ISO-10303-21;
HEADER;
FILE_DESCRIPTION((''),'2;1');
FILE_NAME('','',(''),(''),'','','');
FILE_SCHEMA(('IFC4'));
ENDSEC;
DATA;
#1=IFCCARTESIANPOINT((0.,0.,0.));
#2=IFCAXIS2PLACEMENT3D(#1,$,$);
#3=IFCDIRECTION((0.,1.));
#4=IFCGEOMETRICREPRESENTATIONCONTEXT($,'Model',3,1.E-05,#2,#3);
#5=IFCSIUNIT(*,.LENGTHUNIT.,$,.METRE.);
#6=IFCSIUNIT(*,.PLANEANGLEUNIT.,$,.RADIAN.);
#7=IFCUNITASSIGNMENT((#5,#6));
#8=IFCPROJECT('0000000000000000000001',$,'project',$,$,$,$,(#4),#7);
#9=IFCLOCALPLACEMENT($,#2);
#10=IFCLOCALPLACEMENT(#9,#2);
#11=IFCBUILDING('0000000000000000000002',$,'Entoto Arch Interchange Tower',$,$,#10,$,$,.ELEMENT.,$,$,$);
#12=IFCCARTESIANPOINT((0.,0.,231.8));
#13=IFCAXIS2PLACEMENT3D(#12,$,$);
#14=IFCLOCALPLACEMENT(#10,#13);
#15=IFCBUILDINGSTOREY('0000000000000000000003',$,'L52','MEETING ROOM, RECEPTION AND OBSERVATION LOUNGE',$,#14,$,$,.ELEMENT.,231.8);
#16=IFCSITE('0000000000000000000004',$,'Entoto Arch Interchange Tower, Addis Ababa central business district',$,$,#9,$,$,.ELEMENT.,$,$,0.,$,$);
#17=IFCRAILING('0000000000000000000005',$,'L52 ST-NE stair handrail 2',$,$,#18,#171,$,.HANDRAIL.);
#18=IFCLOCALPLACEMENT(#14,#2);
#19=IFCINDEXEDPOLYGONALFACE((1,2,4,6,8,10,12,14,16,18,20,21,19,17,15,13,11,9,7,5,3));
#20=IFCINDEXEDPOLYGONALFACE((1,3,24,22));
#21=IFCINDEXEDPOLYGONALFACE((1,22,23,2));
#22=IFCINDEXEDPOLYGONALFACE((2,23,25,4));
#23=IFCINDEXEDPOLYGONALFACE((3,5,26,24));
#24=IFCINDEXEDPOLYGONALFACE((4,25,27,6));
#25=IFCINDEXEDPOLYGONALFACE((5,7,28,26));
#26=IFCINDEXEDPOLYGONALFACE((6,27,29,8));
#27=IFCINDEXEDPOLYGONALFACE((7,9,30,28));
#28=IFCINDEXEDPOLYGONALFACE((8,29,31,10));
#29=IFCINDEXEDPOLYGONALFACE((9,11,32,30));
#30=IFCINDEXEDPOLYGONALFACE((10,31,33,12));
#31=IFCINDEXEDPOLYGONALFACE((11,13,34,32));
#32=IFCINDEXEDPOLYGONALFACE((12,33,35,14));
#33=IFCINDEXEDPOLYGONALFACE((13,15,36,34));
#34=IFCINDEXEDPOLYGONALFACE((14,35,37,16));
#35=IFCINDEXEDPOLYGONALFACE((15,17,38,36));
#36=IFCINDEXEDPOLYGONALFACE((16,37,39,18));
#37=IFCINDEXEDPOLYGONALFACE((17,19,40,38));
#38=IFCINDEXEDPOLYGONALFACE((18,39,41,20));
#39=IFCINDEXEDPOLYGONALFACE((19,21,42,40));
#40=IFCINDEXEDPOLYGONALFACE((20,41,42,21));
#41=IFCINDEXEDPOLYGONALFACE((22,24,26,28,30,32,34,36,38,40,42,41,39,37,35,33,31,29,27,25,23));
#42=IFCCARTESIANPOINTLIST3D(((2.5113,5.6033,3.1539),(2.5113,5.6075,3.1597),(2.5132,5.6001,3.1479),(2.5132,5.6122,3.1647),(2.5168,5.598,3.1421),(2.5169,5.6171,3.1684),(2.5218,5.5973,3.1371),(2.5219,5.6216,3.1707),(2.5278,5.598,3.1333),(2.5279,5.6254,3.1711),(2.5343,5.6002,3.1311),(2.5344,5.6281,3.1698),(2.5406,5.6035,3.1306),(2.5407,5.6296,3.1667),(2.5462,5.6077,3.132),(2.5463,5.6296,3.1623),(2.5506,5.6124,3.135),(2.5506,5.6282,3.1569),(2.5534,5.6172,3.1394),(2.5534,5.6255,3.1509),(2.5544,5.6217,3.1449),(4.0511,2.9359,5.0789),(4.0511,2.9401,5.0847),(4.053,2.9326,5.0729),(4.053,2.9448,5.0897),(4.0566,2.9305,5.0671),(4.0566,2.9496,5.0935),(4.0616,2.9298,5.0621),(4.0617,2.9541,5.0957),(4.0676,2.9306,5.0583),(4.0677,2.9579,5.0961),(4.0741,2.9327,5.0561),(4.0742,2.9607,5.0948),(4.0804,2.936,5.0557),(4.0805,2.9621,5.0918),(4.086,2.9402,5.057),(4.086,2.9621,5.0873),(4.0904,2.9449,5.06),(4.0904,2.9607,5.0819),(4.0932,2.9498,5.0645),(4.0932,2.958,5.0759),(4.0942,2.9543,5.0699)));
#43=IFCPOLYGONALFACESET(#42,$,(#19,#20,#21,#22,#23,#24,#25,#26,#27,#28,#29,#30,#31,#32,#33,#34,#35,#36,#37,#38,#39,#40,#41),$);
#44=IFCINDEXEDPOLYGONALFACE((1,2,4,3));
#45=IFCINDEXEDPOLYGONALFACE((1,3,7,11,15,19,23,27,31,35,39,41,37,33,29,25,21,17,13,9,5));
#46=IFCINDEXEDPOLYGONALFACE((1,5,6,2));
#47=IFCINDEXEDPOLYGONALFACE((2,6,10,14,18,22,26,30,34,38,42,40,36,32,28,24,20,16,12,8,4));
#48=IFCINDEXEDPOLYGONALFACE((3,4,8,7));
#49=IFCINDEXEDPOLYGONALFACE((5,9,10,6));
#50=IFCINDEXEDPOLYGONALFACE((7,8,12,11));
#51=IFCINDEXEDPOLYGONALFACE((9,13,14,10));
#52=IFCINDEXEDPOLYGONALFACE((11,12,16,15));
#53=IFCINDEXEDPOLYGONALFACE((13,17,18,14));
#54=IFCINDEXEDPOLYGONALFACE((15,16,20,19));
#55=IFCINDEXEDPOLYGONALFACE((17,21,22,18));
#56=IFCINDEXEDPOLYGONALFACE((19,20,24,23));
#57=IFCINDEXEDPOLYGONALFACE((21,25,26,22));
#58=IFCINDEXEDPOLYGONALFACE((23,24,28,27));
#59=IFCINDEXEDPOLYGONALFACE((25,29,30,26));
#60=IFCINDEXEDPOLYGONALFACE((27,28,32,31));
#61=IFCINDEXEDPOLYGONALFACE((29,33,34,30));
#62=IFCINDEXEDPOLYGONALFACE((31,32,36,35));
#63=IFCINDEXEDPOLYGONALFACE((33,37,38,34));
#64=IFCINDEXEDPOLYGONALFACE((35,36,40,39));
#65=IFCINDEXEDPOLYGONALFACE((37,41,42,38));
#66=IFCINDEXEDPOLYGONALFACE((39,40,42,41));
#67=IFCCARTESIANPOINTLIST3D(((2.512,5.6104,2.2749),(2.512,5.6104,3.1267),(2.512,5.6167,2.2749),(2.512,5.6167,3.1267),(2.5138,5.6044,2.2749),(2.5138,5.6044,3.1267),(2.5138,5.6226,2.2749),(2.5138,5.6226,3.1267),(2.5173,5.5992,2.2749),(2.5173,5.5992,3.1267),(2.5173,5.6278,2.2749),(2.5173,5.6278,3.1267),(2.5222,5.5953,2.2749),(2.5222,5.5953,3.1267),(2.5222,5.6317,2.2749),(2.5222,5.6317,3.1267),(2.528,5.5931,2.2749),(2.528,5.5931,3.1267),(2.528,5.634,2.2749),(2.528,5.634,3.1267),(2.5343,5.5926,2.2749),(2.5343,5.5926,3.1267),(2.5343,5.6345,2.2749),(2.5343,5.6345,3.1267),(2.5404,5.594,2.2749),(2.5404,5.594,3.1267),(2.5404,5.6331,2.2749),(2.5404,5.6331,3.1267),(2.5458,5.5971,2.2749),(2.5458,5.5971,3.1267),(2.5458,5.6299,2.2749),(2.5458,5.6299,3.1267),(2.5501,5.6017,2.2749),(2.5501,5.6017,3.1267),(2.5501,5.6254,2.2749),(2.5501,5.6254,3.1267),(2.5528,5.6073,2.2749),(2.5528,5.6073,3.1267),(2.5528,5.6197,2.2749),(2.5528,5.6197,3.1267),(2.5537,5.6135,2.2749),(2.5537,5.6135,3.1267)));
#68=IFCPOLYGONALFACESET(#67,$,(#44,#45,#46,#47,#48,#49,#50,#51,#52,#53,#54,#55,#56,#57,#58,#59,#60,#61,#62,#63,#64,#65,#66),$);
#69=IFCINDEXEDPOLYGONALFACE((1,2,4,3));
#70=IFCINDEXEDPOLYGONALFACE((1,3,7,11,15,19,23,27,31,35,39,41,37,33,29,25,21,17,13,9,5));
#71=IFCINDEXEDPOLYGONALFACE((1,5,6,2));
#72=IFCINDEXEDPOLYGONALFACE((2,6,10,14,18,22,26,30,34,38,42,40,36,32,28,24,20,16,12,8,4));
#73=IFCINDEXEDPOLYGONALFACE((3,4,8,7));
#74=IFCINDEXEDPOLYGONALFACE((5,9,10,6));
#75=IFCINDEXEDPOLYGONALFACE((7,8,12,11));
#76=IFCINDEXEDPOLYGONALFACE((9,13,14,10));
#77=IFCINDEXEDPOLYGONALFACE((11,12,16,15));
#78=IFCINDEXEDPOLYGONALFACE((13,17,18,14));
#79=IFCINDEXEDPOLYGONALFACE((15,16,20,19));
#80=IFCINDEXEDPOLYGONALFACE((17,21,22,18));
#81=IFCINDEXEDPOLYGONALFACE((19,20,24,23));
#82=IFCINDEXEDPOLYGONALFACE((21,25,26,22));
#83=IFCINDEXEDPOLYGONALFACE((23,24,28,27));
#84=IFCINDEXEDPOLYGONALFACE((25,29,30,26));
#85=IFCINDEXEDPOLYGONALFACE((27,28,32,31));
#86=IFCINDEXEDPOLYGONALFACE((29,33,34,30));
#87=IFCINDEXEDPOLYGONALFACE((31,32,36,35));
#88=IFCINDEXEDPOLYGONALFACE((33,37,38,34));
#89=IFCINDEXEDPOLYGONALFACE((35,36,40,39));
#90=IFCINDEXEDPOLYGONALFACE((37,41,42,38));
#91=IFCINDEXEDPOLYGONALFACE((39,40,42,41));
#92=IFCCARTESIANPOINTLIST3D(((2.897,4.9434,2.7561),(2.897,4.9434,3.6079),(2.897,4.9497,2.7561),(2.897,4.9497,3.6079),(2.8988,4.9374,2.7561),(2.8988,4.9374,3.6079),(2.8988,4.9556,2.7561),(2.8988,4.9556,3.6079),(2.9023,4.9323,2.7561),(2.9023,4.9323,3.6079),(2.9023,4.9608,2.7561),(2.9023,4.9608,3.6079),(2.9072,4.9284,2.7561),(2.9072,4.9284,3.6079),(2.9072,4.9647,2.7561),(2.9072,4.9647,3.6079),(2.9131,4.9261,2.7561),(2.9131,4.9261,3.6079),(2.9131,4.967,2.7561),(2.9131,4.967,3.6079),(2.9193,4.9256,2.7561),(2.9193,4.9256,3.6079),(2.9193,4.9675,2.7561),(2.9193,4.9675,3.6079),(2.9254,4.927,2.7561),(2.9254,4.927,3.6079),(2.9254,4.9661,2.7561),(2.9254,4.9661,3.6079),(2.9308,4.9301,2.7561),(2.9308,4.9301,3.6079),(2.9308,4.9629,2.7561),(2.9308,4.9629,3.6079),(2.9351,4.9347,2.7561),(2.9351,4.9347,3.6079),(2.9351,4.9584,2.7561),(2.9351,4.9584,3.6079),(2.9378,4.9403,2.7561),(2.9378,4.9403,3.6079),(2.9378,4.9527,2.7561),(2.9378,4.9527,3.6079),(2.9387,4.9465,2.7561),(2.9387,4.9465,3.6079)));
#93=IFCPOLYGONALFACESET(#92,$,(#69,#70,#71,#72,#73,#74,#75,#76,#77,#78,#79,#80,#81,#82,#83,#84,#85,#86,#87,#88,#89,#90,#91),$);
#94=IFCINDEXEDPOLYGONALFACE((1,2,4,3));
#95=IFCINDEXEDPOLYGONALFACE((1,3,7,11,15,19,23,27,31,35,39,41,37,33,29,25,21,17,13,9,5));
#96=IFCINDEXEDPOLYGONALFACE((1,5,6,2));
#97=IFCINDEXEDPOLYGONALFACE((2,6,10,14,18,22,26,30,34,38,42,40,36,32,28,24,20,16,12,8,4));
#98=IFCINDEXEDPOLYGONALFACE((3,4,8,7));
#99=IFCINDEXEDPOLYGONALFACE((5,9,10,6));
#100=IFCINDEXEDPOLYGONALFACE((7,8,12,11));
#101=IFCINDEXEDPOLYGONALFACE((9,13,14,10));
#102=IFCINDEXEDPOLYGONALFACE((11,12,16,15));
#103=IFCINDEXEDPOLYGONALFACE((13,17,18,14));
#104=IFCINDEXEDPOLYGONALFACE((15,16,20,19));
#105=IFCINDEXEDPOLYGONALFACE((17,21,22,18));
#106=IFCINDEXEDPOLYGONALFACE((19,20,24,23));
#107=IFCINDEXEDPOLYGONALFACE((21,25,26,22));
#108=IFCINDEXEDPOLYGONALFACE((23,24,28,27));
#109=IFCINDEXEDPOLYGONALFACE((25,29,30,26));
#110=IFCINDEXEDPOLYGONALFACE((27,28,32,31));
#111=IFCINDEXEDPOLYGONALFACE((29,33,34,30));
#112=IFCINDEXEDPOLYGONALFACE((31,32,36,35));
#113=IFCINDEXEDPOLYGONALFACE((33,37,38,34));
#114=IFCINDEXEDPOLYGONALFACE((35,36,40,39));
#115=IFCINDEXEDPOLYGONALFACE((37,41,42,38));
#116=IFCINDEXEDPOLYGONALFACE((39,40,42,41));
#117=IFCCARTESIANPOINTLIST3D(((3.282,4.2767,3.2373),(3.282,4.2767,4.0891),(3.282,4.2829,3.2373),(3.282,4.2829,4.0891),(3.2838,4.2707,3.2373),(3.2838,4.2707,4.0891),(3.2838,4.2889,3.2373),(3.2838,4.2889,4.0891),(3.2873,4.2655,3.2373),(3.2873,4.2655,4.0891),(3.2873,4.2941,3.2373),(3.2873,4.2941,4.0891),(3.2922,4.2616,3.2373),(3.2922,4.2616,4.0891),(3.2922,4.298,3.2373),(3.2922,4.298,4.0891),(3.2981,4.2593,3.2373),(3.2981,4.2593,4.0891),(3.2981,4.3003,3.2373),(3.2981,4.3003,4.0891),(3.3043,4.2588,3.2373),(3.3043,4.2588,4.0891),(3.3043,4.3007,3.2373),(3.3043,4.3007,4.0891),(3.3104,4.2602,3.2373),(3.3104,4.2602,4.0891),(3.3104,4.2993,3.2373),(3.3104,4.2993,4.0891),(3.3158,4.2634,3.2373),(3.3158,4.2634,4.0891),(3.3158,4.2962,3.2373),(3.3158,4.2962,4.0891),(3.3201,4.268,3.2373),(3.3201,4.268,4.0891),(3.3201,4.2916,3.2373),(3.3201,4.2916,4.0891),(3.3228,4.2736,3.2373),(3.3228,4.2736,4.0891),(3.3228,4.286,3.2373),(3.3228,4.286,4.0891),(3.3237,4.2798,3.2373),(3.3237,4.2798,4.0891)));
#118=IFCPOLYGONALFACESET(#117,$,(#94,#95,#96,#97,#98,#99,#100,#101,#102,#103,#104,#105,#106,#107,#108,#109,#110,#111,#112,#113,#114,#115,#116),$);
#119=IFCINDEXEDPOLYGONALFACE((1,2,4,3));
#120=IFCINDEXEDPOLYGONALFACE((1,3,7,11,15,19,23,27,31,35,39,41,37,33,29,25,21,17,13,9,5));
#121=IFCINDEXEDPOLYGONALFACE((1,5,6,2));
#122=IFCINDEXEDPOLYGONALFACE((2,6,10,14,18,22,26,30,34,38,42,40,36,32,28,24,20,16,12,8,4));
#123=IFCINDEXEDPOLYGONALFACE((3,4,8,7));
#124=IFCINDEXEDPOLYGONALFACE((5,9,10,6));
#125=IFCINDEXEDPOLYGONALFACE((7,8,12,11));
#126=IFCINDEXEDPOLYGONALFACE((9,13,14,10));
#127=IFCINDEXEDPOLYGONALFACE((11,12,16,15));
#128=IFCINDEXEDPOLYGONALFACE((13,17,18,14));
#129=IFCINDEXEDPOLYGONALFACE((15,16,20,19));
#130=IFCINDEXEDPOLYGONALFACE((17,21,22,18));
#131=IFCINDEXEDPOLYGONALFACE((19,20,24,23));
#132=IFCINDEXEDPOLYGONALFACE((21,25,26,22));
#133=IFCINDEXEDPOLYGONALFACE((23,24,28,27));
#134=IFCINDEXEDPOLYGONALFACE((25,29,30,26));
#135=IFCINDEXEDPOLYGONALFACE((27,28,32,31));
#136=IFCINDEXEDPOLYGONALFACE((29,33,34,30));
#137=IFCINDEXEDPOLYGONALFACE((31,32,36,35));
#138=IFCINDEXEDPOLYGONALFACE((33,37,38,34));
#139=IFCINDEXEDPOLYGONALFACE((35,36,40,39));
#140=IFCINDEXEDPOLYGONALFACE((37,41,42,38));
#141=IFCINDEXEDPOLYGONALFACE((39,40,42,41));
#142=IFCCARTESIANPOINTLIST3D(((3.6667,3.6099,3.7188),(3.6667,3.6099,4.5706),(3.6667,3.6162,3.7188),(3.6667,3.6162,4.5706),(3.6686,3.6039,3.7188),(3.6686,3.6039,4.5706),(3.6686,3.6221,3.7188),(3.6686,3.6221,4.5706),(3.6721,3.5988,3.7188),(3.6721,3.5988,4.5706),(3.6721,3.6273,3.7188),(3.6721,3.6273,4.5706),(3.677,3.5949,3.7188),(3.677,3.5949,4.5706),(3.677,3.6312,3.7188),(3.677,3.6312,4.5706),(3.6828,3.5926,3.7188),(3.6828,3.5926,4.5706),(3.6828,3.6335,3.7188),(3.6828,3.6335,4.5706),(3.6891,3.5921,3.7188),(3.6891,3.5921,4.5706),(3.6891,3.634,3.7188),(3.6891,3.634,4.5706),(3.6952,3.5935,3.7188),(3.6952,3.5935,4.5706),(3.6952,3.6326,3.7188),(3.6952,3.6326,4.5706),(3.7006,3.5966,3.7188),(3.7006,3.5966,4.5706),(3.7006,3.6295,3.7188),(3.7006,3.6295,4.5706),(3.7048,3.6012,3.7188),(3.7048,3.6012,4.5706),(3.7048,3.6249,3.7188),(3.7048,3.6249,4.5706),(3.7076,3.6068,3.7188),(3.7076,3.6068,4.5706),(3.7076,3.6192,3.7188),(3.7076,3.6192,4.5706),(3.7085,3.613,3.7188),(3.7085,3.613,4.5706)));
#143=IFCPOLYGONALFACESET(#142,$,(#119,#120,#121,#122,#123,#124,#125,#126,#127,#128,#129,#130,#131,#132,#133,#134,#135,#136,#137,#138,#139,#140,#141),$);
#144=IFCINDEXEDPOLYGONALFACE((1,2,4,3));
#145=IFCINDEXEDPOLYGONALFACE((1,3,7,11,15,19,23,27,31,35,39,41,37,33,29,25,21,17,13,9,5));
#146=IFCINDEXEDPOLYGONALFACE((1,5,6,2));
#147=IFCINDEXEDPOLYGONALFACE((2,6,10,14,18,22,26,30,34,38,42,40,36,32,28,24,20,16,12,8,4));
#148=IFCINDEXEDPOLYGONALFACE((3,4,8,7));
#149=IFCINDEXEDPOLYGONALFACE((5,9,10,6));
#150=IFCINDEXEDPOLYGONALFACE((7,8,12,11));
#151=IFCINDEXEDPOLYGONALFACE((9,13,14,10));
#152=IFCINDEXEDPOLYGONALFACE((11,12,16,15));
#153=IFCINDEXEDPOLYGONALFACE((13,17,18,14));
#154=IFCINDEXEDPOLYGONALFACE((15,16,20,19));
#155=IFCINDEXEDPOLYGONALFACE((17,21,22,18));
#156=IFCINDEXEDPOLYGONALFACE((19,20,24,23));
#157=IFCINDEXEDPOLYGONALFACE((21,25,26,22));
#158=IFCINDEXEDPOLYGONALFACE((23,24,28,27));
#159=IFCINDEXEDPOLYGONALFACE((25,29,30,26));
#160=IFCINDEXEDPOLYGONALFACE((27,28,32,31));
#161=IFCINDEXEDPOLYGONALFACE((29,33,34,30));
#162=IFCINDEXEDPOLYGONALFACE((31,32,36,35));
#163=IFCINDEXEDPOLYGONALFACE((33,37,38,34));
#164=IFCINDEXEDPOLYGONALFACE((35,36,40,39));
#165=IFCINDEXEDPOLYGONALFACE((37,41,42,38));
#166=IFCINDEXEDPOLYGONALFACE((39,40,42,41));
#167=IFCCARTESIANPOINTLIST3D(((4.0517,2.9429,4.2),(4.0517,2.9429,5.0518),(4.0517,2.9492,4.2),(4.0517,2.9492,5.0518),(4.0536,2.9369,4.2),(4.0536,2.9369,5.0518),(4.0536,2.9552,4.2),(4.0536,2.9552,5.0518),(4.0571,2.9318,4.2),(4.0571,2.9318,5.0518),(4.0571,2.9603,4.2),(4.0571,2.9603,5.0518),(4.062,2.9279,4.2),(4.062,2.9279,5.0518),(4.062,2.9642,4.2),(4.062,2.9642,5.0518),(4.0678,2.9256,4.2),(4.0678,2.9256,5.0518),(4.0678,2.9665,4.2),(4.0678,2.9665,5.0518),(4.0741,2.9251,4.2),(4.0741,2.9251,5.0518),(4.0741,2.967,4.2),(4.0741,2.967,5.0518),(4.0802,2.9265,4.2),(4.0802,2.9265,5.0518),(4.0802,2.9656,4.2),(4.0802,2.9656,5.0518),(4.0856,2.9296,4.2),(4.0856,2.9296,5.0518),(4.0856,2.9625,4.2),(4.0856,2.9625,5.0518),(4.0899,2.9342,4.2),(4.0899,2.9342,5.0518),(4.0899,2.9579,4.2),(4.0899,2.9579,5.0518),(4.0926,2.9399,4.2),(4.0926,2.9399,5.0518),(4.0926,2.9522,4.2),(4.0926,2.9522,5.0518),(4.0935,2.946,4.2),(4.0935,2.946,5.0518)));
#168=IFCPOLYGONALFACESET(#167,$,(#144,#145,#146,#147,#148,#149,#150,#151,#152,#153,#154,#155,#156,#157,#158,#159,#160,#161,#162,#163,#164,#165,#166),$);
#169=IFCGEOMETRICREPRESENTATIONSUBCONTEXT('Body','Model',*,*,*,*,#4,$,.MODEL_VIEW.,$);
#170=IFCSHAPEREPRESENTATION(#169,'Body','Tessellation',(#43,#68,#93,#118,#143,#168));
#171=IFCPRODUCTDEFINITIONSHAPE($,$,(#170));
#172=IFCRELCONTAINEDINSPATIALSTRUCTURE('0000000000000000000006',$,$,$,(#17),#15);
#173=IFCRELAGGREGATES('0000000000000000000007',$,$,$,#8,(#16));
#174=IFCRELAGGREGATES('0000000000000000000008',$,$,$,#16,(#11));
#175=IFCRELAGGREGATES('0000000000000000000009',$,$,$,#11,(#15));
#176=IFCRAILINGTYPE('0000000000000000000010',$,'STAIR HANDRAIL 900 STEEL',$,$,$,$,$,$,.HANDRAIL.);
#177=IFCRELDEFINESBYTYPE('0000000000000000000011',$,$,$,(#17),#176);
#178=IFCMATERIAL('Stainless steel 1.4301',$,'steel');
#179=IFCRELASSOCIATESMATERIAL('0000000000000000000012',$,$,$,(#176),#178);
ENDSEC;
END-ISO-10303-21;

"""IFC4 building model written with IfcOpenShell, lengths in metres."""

from ifc_helpers import new_model, si_unit, direction, frame, origin, origin_2d, place, context, subcontext, project, spatial, circle, extrude, material, type_object, element, save


model = new_model("IFC4")

# Units and contexts
model_context = context("Model", 3, precision=1e-05, world=origin(), true_north=direction((0.0, 1.0)))
body_context = subcontext(model_context, "Body", "Model", "MODEL_VIEW")
ifc_project = project(units=[si_unit("LENGTHUNIT", "METRE"), si_unit("PLANEANGLEUNIT", "RADIAN")], contexts=[model_context])

# Site, building, storey
site_placement = place(None, origin())
site = spatial("IfcSite", under=ifc_project, at=site_placement, Name="Entoto Arch Interchange Tower, Addis Ababa central business district", CompositionType="ELEMENT", RefElevation=0.0)
building_placement = place(site_placement, origin())
building = spatial("IfcBuilding", under=site, at=building_placement, Name="Entoto Arch Interchange Tower", CompositionType="ELEMENT")
storey_placement = place(building_placement, frame((0.0, 0.0, 231.8)))
storey = spatial("IfcBuildingStorey", under=building, at=storey_placement, Name="L52", Description="MEETING ROOM, RECEPTION AND OBSERVATION LOUNGE", CompositionType="ELEMENT", Elevation=231.8)

# Railing
ifc_material_1 = material(Name="Stainless steel 1.4301", Category="steel")
railing_type_1 = type_object("IfcRailingType", Name="STAIR HANDRAIL 900 STEEL", PredefinedType="HANDRAIL", material=ifc_material_1)
railing_1_placement = place(storey_placement, frame((2.5327, 5.6135, 2.2749)))
element("IfcRailing", 1, at=railing_1_placement, inside=storey, type_object=railing_type_1, Name="L52 ST-NE stair handrail 2", PredefinedType="HANDRAIL", context=body_context, shape_type="SweptSolid", body=[
    extrude(circle(Radius=0.0239, at=origin_2d()), frame((0.0, 0.0, 0.876), z_axis=(0.423939, -0.734416, 0.530008), x_axis=(0.866064, 0.499933, 0.0)), (0.0, 0.0, 1.0), 3.6321),
    extrude(circle(Radius=0.021, at=origin_2d()), origin(), (0.0, 0.0, 1.0), 0.8518),
    extrude(circle(Radius=0.021, at=origin_2d()), frame((0.385, -0.667, 0.4812)), (0.0, 0.0, 1.0), 0.8518),
    extrude(circle(Radius=0.021, at=origin_2d()), frame((0.77, -1.3337, 0.9624)), (0.0, 0.0, 1.0), 0.8518),
    extrude(circle(Radius=0.021, at=origin_2d()), frame((1.1548, -2.0005, 1.4438)), (0.0, 0.0, 1.0), 0.8518),
    extrude(circle(Radius=0.021, at=origin_2d()), frame((1.5398, -2.6675, 1.925)), (0.0, 0.0, 1.0), 0.8518),
])

save(model, "model.ifc")
